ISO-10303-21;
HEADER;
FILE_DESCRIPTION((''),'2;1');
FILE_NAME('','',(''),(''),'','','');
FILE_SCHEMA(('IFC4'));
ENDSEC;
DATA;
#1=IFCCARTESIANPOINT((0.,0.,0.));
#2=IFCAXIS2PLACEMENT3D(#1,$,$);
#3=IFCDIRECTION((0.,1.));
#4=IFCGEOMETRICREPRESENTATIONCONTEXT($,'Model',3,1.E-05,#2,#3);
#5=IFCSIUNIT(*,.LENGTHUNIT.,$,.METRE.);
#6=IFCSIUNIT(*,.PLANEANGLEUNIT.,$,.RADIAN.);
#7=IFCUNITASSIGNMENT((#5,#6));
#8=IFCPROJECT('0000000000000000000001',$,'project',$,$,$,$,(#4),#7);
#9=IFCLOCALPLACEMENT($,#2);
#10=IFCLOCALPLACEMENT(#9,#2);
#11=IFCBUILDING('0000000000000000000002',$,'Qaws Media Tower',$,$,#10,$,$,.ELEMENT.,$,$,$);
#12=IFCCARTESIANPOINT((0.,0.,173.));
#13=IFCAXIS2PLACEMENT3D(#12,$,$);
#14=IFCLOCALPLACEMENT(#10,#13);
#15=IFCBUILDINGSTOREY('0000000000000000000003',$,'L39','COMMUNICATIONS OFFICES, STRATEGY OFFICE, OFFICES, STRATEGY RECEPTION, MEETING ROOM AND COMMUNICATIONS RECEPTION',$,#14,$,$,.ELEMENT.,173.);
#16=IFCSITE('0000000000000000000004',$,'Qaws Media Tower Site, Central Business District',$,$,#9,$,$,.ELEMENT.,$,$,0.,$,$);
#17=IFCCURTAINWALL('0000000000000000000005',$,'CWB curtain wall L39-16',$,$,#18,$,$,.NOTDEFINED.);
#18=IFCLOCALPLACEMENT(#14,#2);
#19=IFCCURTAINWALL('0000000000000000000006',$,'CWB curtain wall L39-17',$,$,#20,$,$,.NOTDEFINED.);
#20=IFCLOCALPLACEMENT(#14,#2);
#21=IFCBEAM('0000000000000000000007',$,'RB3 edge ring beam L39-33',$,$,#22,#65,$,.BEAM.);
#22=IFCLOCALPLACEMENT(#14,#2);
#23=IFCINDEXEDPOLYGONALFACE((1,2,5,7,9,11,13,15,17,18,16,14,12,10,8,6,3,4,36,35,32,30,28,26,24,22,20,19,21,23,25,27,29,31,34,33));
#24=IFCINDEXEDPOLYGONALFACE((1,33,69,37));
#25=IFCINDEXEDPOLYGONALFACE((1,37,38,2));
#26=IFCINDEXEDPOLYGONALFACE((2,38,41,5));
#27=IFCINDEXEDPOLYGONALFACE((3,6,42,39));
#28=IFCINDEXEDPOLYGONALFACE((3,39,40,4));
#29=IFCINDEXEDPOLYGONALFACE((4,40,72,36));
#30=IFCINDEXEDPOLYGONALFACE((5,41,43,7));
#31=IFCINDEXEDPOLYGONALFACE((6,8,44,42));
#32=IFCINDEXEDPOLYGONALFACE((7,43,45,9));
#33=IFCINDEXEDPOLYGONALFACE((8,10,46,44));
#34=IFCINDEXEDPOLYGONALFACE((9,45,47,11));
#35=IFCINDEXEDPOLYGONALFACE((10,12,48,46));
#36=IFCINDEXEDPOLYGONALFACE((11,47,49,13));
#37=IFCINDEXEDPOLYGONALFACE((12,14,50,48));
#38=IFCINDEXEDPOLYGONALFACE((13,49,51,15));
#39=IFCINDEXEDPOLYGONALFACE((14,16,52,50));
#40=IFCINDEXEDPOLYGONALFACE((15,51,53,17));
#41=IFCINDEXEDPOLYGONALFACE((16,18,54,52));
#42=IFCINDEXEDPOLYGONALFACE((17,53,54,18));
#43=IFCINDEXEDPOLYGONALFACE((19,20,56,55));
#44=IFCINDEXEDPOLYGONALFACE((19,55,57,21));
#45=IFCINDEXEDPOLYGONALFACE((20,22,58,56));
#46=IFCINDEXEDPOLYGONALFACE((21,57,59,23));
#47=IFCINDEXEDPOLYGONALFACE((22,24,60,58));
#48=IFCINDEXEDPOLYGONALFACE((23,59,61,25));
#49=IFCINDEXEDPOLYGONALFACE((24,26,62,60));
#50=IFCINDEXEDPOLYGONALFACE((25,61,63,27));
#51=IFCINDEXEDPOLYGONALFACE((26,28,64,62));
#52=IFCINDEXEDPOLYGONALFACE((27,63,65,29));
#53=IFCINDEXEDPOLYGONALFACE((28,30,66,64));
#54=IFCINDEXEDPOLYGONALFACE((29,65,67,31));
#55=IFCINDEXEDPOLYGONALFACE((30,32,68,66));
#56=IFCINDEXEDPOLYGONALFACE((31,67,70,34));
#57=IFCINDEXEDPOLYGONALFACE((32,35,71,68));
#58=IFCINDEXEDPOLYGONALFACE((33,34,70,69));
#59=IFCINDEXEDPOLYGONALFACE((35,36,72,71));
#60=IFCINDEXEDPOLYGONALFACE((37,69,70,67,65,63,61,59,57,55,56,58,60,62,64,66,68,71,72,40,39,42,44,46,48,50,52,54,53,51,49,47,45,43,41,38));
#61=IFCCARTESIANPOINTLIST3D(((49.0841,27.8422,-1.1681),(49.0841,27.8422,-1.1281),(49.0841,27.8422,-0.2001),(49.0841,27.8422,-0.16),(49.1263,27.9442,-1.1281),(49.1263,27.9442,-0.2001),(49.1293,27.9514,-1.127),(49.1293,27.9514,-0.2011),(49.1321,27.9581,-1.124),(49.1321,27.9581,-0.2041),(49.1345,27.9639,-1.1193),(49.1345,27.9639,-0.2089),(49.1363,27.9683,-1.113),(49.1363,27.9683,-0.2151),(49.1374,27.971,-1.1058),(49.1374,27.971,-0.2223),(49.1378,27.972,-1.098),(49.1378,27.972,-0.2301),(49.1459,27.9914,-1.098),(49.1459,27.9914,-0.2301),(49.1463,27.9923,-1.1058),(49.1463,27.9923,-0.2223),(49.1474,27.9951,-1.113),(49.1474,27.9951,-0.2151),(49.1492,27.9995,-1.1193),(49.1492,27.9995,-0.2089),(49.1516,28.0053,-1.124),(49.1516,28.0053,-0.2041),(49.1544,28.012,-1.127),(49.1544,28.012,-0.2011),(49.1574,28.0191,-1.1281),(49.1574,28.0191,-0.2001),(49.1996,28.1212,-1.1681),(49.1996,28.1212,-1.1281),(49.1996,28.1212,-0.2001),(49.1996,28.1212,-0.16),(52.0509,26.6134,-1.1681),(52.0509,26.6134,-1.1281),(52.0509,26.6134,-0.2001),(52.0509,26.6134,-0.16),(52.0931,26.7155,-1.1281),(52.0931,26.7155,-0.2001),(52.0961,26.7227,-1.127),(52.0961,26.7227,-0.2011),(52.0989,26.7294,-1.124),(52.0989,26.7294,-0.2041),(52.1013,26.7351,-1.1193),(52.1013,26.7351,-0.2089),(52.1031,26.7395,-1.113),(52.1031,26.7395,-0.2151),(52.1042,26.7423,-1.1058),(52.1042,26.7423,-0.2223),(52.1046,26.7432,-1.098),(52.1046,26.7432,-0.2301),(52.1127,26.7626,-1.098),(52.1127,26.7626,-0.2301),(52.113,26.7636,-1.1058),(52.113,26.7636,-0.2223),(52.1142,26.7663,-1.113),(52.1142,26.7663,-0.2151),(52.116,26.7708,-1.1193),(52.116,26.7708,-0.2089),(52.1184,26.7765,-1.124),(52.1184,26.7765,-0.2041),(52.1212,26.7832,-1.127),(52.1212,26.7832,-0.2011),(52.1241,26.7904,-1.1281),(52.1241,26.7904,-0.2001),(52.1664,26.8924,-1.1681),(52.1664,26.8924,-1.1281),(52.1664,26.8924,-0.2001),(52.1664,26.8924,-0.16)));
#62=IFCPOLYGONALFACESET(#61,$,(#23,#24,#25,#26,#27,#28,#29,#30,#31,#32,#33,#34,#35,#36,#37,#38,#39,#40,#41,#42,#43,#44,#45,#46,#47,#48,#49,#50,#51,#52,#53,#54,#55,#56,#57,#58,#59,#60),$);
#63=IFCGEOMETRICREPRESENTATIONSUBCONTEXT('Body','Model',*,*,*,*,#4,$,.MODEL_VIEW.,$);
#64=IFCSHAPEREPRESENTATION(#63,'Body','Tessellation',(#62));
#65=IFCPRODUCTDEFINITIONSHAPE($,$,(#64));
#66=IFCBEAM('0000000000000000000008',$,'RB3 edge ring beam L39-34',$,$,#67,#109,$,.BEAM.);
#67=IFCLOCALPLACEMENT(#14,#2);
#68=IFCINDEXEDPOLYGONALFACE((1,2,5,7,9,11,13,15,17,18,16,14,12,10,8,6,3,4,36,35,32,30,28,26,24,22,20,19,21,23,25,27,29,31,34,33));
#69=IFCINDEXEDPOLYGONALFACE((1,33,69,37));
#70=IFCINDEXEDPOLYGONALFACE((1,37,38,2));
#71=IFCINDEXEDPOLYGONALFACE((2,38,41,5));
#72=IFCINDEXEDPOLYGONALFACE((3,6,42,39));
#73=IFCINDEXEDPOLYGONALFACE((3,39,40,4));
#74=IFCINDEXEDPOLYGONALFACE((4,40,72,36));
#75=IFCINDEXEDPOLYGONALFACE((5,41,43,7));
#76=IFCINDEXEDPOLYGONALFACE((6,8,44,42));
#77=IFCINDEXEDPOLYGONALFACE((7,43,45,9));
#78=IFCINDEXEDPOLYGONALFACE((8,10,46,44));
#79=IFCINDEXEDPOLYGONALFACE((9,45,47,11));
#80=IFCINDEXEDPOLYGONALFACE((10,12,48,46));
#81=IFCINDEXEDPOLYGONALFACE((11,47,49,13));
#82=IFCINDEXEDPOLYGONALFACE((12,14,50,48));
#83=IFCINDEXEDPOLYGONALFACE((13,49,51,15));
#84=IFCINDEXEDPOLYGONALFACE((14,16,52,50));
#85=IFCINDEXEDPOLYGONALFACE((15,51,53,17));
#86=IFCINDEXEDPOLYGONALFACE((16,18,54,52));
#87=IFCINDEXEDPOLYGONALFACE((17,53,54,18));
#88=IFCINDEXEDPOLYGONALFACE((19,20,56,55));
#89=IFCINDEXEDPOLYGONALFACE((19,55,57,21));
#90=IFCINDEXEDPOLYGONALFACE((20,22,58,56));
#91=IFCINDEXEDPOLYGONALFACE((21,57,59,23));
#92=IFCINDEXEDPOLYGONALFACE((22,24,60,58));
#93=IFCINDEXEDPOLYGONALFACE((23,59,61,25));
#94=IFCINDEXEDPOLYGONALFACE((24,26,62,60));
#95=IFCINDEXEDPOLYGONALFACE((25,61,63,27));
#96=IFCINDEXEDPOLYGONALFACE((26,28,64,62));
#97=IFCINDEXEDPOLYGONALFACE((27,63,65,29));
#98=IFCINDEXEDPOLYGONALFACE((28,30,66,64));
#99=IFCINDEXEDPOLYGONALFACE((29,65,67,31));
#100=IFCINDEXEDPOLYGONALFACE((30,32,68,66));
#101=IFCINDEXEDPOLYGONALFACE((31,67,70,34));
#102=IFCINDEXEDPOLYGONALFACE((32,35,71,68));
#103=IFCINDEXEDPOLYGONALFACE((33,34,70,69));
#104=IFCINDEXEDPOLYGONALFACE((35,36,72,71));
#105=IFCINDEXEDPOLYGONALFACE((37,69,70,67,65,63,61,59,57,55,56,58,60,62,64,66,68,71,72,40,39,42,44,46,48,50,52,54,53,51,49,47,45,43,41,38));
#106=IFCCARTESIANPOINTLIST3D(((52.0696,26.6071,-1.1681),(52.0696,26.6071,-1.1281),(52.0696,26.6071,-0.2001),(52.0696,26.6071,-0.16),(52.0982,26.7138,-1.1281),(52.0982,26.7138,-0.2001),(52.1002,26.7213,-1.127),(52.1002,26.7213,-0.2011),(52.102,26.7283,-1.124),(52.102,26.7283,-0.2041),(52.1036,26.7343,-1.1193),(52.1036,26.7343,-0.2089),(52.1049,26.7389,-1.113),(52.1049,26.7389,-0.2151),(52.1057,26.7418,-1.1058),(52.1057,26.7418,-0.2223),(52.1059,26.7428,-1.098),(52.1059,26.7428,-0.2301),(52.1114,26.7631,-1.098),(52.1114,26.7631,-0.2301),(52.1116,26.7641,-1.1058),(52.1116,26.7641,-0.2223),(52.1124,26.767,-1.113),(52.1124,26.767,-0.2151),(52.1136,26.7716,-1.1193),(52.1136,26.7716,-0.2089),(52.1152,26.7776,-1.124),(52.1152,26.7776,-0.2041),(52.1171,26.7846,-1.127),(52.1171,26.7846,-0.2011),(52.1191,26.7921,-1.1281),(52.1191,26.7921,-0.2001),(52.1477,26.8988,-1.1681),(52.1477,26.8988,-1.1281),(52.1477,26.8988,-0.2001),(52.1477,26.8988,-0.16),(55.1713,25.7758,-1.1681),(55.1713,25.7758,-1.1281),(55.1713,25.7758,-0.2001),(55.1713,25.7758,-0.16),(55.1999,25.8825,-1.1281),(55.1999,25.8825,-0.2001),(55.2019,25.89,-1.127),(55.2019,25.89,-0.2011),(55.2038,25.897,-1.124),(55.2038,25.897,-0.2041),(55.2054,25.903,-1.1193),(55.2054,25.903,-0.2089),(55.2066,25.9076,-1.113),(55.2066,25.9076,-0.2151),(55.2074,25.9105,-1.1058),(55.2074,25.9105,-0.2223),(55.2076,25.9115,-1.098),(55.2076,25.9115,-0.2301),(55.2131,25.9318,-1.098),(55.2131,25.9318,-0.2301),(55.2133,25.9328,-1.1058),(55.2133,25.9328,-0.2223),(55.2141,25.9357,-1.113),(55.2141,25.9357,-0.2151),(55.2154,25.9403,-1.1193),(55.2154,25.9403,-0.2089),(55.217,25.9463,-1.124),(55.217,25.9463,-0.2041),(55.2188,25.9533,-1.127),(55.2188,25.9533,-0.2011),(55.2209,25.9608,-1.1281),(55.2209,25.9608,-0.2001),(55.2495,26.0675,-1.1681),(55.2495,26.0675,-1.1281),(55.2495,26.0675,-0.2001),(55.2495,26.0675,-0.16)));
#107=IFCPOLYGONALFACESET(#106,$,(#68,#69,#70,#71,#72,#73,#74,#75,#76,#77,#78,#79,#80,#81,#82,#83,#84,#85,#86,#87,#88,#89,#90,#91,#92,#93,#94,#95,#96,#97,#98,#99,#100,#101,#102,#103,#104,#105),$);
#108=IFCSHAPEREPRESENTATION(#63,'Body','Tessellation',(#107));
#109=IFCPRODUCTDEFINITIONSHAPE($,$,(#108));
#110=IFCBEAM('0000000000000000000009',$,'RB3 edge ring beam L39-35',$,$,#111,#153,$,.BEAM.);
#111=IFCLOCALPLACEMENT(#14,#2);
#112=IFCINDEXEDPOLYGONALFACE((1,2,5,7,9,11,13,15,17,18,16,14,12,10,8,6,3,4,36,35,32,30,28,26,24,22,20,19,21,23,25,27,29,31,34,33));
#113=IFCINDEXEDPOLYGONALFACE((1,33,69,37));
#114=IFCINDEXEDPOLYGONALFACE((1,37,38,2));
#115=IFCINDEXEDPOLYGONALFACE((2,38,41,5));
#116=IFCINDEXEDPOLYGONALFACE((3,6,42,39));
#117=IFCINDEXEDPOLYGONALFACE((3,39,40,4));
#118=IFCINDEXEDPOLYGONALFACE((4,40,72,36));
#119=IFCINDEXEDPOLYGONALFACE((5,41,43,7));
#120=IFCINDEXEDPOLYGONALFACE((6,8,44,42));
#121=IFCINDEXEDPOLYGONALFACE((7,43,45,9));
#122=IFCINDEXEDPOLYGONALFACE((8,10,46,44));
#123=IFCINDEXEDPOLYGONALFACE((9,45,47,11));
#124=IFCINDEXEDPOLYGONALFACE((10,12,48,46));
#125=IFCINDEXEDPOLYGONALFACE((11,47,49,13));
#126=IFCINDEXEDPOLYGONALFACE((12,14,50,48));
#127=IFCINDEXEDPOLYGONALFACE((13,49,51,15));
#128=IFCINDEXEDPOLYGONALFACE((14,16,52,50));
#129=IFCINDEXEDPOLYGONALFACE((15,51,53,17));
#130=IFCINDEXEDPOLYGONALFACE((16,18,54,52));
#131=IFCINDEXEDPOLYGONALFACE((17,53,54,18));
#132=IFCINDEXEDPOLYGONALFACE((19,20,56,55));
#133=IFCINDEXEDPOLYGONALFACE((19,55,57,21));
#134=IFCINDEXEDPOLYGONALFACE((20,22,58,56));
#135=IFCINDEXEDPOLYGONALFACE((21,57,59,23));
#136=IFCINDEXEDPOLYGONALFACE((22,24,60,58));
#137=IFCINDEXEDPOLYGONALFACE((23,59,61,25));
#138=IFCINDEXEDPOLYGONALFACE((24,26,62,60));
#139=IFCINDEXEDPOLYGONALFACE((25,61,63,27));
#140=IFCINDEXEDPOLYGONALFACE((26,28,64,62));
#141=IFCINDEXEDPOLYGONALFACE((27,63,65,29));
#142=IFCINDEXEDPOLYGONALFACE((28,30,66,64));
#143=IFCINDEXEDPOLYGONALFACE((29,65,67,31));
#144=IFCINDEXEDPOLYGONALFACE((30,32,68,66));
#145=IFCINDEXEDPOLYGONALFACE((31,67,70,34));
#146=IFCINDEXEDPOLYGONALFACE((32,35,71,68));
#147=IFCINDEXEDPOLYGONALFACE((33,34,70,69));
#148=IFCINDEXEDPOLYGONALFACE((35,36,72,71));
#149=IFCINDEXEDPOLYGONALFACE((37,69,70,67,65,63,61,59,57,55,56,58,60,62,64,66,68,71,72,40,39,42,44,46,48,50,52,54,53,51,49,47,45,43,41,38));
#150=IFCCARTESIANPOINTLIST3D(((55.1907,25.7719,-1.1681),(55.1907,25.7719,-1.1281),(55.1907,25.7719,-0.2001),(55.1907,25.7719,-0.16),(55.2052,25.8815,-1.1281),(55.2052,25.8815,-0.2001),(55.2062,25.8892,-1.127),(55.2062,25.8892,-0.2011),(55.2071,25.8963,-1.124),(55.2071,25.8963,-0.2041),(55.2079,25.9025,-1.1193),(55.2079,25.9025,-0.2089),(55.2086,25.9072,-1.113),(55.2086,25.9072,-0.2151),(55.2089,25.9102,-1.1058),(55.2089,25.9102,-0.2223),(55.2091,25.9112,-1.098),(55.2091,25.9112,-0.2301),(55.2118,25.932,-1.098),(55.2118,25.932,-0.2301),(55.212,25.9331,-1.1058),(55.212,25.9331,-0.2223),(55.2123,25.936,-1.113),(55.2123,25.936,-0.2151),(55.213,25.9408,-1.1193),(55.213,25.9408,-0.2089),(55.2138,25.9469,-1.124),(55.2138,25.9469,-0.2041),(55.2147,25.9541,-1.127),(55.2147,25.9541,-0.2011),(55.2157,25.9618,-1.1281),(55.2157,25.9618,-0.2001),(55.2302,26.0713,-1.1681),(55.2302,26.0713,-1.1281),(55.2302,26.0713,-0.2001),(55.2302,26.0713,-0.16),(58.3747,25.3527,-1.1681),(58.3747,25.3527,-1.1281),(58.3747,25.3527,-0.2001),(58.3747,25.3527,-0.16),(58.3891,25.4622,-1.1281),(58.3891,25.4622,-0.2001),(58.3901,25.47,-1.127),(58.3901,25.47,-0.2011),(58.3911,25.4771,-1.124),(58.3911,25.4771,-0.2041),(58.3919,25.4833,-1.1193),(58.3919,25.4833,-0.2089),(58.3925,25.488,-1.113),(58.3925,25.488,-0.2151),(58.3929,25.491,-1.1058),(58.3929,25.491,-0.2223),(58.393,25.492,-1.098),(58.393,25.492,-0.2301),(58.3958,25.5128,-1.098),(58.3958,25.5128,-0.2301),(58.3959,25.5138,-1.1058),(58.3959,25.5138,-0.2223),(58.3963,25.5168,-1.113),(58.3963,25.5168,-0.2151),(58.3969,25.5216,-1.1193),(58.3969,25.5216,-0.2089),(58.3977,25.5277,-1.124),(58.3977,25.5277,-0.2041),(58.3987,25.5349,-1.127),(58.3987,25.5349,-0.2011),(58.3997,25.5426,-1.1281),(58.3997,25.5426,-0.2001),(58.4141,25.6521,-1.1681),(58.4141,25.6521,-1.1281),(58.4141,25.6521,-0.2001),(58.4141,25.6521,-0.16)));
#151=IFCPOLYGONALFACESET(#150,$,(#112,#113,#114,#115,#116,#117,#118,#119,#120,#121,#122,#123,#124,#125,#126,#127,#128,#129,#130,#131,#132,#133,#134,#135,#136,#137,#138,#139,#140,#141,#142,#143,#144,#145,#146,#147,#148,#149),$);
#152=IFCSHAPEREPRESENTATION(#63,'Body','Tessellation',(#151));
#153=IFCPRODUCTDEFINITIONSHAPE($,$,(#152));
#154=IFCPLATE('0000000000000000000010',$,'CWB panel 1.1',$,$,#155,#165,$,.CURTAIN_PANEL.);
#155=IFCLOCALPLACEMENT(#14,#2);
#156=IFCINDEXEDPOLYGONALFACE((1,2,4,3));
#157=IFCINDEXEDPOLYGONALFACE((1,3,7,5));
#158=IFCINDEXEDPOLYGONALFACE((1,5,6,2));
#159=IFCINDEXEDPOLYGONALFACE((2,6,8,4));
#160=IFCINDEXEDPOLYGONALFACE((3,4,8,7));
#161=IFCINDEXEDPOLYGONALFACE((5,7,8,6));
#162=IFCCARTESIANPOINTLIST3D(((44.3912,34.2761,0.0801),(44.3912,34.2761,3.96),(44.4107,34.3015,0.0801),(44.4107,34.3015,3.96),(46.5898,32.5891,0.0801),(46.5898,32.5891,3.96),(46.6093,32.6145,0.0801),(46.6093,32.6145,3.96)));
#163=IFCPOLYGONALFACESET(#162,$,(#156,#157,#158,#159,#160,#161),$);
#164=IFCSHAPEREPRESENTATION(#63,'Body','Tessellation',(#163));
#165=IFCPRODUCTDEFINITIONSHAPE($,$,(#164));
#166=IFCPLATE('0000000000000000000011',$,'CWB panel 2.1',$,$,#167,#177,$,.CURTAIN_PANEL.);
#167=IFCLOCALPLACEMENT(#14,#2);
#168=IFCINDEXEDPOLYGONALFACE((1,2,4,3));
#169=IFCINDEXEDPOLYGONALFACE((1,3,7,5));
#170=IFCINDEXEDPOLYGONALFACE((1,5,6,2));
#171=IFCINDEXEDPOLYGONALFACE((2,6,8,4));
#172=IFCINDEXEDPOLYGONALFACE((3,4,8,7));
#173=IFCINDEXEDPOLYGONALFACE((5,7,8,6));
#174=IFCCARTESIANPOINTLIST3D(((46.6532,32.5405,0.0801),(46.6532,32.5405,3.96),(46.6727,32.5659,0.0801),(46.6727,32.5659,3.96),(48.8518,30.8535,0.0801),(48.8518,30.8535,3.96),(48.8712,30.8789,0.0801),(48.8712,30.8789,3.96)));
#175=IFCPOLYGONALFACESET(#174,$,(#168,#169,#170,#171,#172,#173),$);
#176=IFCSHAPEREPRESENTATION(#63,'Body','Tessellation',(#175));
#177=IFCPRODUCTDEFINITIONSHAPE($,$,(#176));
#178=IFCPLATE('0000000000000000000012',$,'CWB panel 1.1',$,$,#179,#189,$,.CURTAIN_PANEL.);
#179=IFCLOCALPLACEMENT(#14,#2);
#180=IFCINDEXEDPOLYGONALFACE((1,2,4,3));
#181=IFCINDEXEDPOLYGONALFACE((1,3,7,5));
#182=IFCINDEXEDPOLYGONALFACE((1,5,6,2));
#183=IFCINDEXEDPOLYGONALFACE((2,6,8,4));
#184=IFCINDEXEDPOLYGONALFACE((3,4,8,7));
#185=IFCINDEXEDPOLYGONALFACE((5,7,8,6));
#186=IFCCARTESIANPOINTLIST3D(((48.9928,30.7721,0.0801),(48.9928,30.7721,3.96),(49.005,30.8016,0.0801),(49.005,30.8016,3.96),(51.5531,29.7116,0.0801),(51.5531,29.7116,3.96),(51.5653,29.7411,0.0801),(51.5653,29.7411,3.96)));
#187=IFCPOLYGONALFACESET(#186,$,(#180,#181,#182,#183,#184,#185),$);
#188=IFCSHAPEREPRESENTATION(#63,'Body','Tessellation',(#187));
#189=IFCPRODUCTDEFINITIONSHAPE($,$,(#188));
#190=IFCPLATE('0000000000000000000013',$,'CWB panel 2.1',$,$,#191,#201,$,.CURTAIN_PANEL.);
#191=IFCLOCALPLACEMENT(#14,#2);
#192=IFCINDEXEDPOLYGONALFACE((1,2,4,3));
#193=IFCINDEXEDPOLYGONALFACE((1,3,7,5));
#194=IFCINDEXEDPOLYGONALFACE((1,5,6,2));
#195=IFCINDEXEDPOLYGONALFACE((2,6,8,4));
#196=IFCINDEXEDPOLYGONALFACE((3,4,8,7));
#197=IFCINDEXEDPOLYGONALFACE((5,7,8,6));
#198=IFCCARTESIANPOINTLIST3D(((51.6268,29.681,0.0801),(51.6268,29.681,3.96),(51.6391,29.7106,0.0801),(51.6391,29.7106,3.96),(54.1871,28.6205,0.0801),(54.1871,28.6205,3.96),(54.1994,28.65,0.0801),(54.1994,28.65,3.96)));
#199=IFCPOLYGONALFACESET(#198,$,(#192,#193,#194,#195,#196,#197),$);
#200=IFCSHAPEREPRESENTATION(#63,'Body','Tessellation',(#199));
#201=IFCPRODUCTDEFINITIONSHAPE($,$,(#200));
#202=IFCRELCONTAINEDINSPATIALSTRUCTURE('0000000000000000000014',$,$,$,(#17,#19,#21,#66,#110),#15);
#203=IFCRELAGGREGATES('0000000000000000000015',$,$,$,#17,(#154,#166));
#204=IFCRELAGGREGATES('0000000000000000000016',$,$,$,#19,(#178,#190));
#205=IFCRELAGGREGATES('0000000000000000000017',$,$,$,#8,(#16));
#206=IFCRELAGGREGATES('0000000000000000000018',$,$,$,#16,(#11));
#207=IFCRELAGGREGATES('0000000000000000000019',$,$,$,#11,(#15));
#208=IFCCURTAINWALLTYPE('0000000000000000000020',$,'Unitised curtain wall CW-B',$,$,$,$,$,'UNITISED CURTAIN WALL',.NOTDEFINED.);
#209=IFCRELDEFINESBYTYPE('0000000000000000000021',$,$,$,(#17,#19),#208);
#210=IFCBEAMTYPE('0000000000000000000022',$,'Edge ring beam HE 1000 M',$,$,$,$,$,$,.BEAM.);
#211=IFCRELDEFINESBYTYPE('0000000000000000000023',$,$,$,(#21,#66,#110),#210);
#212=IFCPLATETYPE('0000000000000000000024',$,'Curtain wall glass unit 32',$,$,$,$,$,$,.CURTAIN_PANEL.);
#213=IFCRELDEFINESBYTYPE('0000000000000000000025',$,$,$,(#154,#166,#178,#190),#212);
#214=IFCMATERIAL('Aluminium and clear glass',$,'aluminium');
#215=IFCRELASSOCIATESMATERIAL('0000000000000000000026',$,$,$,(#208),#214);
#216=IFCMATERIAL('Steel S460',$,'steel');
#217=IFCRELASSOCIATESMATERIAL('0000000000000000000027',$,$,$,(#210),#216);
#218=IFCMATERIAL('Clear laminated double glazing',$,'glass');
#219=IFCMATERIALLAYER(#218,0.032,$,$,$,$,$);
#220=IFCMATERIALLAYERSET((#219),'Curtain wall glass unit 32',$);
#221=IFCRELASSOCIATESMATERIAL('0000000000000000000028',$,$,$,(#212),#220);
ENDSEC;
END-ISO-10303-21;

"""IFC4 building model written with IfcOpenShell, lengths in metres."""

from ifc_helpers import new_model, si_unit, direction, frame, origin, origin_2d, place, context, subcontext, project, spatial, rectangle, i_section, extrude, material, layer, layer_set, material_profile, profile_set, type_object, element, aggregate, save


model = new_model("IFC4")

# Units and contexts
model_context = context("Model", 3, precision=1e-05, world=origin(), true_north=direction((0.0, 1.0)))
body_context = subcontext(model_context, "Body", "Model", "MODEL_VIEW")
ifc_project = project(units=[si_unit("LENGTHUNIT", "METRE"), si_unit("PLANEANGLEUNIT", "RADIAN")], contexts=[model_context])

# Site, building, storey
site_placement = place(None, origin())
site = spatial("IfcSite", under=ifc_project, at=site_placement, Name="Qaws Media Tower Site, Central Business District", CompositionType="ELEMENT", RefElevation=0.0)
building_placement = place(site_placement, origin())
building = spatial("IfcBuilding", under=site, at=building_placement, Name="Qaws Media Tower", CompositionType="ELEMENT")
storey_placement = place(building_placement, frame((0.0, 0.0, 173.0)))
storey = spatial("IfcBuildingStorey", under=building, at=storey_placement, Name="L39", Description="COMMUNICATIONS OFFICES, STRATEGY OFFICE, OFFICES, STRATEGY RECEPTION, MEETING ROOM AND COMMUNICATIONS RECEPTION", CompositionType="ELEMENT", Elevation=173.0)

# Curtain walls
ifc_material_1 = material(Name="Aluminium and clear glass", Category="aluminium")
curtain_wall_type = type_object("IfcCurtainWallType", Name="Unitised curtain wall CW-B", ElementType="UNITISED CURTAIN WALL", PredefinedType="NOTDEFINED", material=ifc_material_1)
curtain_wall_1_placement = place(storey_placement, origin())
curtain_wall_1 = element("IfcCurtainWall", 1, at=curtain_wall_1_placement, inside=storey, type_object=curtain_wall_type, Name="CWB curtain wall L39-16", PredefinedType="NOTDEFINED")
curtain_wall_2_placement = place(storey_placement, origin())
curtain_wall_2 = element("IfcCurtainWall", 2, at=curtain_wall_2_placement, inside=storey, type_object=curtain_wall_type, Name="CWB curtain wall L39-17", PredefinedType="NOTDEFINED")

# Beams
ifc_material_2 = material(Name="Steel S460", Category="steel")
ifc_material_profile_1 = material_profile(ifc_material_2, i_section(OverallWidth=0.302, OverallDepth=1.0081, WebThickness=0.021, FlangeThickness=0.04, FilletRadius=0.03, at=origin_2d()), Name="HE 1000 M")
ifc_profile_set_1 = profile_set([ifc_material_profile_1], Name="Steel S460")
beam_type = type_object("IfcBeamType", Name="Edge ring beam HE 1000 M", PredefinedType="BEAM", material=ifc_profile_set_1)
for number, where, z_axis, x_axis, name in (
    (3, (49.1418, 27.9817, -0.6641), (0.923894, -0.382649, 0.0), (0.382649, 0.923894, 0.0), "RB3 edge ring beam L39-33"),
    (4, (52.1086, 26.7529, -0.6641), (0.965912, -0.258869, 0.0), (0.258869, 0.965912, 0.0), "RB3 edge ring beam L39-34"),
):
    element("IfcBeam", number, at=place(storey_placement, frame(where, z_axis=z_axis, x_axis=x_axis)), inside=storey, type_object=beam_type, Name=name, PredefinedType="BEAM", context=body_context, shape_type="SweptSolid", body=[
        extrude(i_section(OverallWidth=0.302, OverallDepth=1.0081, WebThickness=0.021, FlangeThickness=0.04, FilletRadius=0.03, at=origin_2d()), origin(), (0.0, 0.0, 1.0), 3.2112),
    ])
beam_1_placement = place(storey_placement, frame((55.2104, 25.9216, -0.6641), z_axis=(0.991444, -0.130535, 0.0), x_axis=(0.130535, 0.991444, 0.0)))
element("IfcBeam", 5, at=beam_1_placement, inside=storey, type_object=beam_type, Name="RB3 edge ring beam L39-35", PredefinedType="BEAM", context=body_context, shape_type="SweptSolid", body=[
    extrude(i_section(OverallWidth=0.302, OverallDepth=1.0081, WebThickness=0.021, FlangeThickness=0.04, FilletRadius=0.03, at=origin_2d()), origin(), (0.0, 0.0, 1.0), 3.2114),
])

# Plates
ifc_material_3 = material(Name="Clear laminated double glazing", Category="glass")
ifc_layer_1 = layer(ifc_material_3, 0.032)
ifc_layer_set_1 = layer_set([ifc_layer_1], Name="Curtain wall glass unit 32")
plate_type_1 = type_object("IfcPlateType", Name="Curtain wall glass unit 32", PredefinedType="CURTAIN_PANEL", material=ifc_layer_set_1)
plate_1_placement = place(storey_placement, frame((45.5002, 33.4453, 0.0801), z_axis=(0.0, 0.0, 1.0), x_axis=(0.793353, -0.608762, 0.0)))
plate_1 = element("IfcPlate", 6, at=plate_1_placement, type_object=plate_type_1, Name="CWB panel 1.1", PredefinedType="CURTAIN_PANEL", context=body_context, shape_type="SweptSolid", body=[
    extrude(rectangle(XDim=2.7712, YDim=0.032, at=origin_2d()), origin(), (0.0, 0.0, 1.0), 3.8799),
])
plate_2_placement = place(storey_placement, frame((47.7622, 31.7097, 0.0801), z_axis=(0.0, 0.0, 1.0), x_axis=(0.793353, -0.608762, 0.0)))
plate_2 = element("IfcPlate", 7, at=plate_2_placement, type_object=plate_type_1, Name="CWB panel 2.1", PredefinedType="CURTAIN_PANEL", context=body_context, shape_type="SweptSolid", body=[
    extrude(rectangle(XDim=2.7712, YDim=0.032, at=origin_2d()), origin(), (0.0, 0.0, 1.0), 3.8799),
])
aggregate(curtain_wall_1, [plate_1, plate_2])
plate_3_placement = place(storey_placement, frame((50.2791, 30.2566, 0.0801), z_axis=(0.0, 0.0, 1.0), x_axis=(0.92388, -0.382683, 0.0)))
plate_3 = element("IfcPlate", 8, at=plate_3_placement, type_object=plate_type_1, Name="CWB panel 1.1", PredefinedType="CURTAIN_PANEL", context=body_context, shape_type="SweptSolid", body=[
    extrude(rectangle(XDim=2.7712, YDim=0.032, at=origin_2d()), origin(), (0.0, 0.0, 1.0), 3.8799),
])
plate_4_placement = place(storey_placement, frame((52.9131, 29.1655, 0.0801), z_axis=(0.0, 0.0, 1.0), x_axis=(0.92388, -0.382683, 0.0)))
plate_4 = element("IfcPlate", 9, at=plate_4_placement, type_object=plate_type_1, Name="CWB panel 2.1", PredefinedType="CURTAIN_PANEL", context=body_context, shape_type="SweptSolid", body=[
    extrude(rectangle(XDim=2.7712, YDim=0.032, at=origin_2d()), origin(), (0.0, 0.0, 1.0), 3.8799),
])
aggregate(curtain_wall_2, [plate_3, plate_4])

save(model, "model.ifc")
